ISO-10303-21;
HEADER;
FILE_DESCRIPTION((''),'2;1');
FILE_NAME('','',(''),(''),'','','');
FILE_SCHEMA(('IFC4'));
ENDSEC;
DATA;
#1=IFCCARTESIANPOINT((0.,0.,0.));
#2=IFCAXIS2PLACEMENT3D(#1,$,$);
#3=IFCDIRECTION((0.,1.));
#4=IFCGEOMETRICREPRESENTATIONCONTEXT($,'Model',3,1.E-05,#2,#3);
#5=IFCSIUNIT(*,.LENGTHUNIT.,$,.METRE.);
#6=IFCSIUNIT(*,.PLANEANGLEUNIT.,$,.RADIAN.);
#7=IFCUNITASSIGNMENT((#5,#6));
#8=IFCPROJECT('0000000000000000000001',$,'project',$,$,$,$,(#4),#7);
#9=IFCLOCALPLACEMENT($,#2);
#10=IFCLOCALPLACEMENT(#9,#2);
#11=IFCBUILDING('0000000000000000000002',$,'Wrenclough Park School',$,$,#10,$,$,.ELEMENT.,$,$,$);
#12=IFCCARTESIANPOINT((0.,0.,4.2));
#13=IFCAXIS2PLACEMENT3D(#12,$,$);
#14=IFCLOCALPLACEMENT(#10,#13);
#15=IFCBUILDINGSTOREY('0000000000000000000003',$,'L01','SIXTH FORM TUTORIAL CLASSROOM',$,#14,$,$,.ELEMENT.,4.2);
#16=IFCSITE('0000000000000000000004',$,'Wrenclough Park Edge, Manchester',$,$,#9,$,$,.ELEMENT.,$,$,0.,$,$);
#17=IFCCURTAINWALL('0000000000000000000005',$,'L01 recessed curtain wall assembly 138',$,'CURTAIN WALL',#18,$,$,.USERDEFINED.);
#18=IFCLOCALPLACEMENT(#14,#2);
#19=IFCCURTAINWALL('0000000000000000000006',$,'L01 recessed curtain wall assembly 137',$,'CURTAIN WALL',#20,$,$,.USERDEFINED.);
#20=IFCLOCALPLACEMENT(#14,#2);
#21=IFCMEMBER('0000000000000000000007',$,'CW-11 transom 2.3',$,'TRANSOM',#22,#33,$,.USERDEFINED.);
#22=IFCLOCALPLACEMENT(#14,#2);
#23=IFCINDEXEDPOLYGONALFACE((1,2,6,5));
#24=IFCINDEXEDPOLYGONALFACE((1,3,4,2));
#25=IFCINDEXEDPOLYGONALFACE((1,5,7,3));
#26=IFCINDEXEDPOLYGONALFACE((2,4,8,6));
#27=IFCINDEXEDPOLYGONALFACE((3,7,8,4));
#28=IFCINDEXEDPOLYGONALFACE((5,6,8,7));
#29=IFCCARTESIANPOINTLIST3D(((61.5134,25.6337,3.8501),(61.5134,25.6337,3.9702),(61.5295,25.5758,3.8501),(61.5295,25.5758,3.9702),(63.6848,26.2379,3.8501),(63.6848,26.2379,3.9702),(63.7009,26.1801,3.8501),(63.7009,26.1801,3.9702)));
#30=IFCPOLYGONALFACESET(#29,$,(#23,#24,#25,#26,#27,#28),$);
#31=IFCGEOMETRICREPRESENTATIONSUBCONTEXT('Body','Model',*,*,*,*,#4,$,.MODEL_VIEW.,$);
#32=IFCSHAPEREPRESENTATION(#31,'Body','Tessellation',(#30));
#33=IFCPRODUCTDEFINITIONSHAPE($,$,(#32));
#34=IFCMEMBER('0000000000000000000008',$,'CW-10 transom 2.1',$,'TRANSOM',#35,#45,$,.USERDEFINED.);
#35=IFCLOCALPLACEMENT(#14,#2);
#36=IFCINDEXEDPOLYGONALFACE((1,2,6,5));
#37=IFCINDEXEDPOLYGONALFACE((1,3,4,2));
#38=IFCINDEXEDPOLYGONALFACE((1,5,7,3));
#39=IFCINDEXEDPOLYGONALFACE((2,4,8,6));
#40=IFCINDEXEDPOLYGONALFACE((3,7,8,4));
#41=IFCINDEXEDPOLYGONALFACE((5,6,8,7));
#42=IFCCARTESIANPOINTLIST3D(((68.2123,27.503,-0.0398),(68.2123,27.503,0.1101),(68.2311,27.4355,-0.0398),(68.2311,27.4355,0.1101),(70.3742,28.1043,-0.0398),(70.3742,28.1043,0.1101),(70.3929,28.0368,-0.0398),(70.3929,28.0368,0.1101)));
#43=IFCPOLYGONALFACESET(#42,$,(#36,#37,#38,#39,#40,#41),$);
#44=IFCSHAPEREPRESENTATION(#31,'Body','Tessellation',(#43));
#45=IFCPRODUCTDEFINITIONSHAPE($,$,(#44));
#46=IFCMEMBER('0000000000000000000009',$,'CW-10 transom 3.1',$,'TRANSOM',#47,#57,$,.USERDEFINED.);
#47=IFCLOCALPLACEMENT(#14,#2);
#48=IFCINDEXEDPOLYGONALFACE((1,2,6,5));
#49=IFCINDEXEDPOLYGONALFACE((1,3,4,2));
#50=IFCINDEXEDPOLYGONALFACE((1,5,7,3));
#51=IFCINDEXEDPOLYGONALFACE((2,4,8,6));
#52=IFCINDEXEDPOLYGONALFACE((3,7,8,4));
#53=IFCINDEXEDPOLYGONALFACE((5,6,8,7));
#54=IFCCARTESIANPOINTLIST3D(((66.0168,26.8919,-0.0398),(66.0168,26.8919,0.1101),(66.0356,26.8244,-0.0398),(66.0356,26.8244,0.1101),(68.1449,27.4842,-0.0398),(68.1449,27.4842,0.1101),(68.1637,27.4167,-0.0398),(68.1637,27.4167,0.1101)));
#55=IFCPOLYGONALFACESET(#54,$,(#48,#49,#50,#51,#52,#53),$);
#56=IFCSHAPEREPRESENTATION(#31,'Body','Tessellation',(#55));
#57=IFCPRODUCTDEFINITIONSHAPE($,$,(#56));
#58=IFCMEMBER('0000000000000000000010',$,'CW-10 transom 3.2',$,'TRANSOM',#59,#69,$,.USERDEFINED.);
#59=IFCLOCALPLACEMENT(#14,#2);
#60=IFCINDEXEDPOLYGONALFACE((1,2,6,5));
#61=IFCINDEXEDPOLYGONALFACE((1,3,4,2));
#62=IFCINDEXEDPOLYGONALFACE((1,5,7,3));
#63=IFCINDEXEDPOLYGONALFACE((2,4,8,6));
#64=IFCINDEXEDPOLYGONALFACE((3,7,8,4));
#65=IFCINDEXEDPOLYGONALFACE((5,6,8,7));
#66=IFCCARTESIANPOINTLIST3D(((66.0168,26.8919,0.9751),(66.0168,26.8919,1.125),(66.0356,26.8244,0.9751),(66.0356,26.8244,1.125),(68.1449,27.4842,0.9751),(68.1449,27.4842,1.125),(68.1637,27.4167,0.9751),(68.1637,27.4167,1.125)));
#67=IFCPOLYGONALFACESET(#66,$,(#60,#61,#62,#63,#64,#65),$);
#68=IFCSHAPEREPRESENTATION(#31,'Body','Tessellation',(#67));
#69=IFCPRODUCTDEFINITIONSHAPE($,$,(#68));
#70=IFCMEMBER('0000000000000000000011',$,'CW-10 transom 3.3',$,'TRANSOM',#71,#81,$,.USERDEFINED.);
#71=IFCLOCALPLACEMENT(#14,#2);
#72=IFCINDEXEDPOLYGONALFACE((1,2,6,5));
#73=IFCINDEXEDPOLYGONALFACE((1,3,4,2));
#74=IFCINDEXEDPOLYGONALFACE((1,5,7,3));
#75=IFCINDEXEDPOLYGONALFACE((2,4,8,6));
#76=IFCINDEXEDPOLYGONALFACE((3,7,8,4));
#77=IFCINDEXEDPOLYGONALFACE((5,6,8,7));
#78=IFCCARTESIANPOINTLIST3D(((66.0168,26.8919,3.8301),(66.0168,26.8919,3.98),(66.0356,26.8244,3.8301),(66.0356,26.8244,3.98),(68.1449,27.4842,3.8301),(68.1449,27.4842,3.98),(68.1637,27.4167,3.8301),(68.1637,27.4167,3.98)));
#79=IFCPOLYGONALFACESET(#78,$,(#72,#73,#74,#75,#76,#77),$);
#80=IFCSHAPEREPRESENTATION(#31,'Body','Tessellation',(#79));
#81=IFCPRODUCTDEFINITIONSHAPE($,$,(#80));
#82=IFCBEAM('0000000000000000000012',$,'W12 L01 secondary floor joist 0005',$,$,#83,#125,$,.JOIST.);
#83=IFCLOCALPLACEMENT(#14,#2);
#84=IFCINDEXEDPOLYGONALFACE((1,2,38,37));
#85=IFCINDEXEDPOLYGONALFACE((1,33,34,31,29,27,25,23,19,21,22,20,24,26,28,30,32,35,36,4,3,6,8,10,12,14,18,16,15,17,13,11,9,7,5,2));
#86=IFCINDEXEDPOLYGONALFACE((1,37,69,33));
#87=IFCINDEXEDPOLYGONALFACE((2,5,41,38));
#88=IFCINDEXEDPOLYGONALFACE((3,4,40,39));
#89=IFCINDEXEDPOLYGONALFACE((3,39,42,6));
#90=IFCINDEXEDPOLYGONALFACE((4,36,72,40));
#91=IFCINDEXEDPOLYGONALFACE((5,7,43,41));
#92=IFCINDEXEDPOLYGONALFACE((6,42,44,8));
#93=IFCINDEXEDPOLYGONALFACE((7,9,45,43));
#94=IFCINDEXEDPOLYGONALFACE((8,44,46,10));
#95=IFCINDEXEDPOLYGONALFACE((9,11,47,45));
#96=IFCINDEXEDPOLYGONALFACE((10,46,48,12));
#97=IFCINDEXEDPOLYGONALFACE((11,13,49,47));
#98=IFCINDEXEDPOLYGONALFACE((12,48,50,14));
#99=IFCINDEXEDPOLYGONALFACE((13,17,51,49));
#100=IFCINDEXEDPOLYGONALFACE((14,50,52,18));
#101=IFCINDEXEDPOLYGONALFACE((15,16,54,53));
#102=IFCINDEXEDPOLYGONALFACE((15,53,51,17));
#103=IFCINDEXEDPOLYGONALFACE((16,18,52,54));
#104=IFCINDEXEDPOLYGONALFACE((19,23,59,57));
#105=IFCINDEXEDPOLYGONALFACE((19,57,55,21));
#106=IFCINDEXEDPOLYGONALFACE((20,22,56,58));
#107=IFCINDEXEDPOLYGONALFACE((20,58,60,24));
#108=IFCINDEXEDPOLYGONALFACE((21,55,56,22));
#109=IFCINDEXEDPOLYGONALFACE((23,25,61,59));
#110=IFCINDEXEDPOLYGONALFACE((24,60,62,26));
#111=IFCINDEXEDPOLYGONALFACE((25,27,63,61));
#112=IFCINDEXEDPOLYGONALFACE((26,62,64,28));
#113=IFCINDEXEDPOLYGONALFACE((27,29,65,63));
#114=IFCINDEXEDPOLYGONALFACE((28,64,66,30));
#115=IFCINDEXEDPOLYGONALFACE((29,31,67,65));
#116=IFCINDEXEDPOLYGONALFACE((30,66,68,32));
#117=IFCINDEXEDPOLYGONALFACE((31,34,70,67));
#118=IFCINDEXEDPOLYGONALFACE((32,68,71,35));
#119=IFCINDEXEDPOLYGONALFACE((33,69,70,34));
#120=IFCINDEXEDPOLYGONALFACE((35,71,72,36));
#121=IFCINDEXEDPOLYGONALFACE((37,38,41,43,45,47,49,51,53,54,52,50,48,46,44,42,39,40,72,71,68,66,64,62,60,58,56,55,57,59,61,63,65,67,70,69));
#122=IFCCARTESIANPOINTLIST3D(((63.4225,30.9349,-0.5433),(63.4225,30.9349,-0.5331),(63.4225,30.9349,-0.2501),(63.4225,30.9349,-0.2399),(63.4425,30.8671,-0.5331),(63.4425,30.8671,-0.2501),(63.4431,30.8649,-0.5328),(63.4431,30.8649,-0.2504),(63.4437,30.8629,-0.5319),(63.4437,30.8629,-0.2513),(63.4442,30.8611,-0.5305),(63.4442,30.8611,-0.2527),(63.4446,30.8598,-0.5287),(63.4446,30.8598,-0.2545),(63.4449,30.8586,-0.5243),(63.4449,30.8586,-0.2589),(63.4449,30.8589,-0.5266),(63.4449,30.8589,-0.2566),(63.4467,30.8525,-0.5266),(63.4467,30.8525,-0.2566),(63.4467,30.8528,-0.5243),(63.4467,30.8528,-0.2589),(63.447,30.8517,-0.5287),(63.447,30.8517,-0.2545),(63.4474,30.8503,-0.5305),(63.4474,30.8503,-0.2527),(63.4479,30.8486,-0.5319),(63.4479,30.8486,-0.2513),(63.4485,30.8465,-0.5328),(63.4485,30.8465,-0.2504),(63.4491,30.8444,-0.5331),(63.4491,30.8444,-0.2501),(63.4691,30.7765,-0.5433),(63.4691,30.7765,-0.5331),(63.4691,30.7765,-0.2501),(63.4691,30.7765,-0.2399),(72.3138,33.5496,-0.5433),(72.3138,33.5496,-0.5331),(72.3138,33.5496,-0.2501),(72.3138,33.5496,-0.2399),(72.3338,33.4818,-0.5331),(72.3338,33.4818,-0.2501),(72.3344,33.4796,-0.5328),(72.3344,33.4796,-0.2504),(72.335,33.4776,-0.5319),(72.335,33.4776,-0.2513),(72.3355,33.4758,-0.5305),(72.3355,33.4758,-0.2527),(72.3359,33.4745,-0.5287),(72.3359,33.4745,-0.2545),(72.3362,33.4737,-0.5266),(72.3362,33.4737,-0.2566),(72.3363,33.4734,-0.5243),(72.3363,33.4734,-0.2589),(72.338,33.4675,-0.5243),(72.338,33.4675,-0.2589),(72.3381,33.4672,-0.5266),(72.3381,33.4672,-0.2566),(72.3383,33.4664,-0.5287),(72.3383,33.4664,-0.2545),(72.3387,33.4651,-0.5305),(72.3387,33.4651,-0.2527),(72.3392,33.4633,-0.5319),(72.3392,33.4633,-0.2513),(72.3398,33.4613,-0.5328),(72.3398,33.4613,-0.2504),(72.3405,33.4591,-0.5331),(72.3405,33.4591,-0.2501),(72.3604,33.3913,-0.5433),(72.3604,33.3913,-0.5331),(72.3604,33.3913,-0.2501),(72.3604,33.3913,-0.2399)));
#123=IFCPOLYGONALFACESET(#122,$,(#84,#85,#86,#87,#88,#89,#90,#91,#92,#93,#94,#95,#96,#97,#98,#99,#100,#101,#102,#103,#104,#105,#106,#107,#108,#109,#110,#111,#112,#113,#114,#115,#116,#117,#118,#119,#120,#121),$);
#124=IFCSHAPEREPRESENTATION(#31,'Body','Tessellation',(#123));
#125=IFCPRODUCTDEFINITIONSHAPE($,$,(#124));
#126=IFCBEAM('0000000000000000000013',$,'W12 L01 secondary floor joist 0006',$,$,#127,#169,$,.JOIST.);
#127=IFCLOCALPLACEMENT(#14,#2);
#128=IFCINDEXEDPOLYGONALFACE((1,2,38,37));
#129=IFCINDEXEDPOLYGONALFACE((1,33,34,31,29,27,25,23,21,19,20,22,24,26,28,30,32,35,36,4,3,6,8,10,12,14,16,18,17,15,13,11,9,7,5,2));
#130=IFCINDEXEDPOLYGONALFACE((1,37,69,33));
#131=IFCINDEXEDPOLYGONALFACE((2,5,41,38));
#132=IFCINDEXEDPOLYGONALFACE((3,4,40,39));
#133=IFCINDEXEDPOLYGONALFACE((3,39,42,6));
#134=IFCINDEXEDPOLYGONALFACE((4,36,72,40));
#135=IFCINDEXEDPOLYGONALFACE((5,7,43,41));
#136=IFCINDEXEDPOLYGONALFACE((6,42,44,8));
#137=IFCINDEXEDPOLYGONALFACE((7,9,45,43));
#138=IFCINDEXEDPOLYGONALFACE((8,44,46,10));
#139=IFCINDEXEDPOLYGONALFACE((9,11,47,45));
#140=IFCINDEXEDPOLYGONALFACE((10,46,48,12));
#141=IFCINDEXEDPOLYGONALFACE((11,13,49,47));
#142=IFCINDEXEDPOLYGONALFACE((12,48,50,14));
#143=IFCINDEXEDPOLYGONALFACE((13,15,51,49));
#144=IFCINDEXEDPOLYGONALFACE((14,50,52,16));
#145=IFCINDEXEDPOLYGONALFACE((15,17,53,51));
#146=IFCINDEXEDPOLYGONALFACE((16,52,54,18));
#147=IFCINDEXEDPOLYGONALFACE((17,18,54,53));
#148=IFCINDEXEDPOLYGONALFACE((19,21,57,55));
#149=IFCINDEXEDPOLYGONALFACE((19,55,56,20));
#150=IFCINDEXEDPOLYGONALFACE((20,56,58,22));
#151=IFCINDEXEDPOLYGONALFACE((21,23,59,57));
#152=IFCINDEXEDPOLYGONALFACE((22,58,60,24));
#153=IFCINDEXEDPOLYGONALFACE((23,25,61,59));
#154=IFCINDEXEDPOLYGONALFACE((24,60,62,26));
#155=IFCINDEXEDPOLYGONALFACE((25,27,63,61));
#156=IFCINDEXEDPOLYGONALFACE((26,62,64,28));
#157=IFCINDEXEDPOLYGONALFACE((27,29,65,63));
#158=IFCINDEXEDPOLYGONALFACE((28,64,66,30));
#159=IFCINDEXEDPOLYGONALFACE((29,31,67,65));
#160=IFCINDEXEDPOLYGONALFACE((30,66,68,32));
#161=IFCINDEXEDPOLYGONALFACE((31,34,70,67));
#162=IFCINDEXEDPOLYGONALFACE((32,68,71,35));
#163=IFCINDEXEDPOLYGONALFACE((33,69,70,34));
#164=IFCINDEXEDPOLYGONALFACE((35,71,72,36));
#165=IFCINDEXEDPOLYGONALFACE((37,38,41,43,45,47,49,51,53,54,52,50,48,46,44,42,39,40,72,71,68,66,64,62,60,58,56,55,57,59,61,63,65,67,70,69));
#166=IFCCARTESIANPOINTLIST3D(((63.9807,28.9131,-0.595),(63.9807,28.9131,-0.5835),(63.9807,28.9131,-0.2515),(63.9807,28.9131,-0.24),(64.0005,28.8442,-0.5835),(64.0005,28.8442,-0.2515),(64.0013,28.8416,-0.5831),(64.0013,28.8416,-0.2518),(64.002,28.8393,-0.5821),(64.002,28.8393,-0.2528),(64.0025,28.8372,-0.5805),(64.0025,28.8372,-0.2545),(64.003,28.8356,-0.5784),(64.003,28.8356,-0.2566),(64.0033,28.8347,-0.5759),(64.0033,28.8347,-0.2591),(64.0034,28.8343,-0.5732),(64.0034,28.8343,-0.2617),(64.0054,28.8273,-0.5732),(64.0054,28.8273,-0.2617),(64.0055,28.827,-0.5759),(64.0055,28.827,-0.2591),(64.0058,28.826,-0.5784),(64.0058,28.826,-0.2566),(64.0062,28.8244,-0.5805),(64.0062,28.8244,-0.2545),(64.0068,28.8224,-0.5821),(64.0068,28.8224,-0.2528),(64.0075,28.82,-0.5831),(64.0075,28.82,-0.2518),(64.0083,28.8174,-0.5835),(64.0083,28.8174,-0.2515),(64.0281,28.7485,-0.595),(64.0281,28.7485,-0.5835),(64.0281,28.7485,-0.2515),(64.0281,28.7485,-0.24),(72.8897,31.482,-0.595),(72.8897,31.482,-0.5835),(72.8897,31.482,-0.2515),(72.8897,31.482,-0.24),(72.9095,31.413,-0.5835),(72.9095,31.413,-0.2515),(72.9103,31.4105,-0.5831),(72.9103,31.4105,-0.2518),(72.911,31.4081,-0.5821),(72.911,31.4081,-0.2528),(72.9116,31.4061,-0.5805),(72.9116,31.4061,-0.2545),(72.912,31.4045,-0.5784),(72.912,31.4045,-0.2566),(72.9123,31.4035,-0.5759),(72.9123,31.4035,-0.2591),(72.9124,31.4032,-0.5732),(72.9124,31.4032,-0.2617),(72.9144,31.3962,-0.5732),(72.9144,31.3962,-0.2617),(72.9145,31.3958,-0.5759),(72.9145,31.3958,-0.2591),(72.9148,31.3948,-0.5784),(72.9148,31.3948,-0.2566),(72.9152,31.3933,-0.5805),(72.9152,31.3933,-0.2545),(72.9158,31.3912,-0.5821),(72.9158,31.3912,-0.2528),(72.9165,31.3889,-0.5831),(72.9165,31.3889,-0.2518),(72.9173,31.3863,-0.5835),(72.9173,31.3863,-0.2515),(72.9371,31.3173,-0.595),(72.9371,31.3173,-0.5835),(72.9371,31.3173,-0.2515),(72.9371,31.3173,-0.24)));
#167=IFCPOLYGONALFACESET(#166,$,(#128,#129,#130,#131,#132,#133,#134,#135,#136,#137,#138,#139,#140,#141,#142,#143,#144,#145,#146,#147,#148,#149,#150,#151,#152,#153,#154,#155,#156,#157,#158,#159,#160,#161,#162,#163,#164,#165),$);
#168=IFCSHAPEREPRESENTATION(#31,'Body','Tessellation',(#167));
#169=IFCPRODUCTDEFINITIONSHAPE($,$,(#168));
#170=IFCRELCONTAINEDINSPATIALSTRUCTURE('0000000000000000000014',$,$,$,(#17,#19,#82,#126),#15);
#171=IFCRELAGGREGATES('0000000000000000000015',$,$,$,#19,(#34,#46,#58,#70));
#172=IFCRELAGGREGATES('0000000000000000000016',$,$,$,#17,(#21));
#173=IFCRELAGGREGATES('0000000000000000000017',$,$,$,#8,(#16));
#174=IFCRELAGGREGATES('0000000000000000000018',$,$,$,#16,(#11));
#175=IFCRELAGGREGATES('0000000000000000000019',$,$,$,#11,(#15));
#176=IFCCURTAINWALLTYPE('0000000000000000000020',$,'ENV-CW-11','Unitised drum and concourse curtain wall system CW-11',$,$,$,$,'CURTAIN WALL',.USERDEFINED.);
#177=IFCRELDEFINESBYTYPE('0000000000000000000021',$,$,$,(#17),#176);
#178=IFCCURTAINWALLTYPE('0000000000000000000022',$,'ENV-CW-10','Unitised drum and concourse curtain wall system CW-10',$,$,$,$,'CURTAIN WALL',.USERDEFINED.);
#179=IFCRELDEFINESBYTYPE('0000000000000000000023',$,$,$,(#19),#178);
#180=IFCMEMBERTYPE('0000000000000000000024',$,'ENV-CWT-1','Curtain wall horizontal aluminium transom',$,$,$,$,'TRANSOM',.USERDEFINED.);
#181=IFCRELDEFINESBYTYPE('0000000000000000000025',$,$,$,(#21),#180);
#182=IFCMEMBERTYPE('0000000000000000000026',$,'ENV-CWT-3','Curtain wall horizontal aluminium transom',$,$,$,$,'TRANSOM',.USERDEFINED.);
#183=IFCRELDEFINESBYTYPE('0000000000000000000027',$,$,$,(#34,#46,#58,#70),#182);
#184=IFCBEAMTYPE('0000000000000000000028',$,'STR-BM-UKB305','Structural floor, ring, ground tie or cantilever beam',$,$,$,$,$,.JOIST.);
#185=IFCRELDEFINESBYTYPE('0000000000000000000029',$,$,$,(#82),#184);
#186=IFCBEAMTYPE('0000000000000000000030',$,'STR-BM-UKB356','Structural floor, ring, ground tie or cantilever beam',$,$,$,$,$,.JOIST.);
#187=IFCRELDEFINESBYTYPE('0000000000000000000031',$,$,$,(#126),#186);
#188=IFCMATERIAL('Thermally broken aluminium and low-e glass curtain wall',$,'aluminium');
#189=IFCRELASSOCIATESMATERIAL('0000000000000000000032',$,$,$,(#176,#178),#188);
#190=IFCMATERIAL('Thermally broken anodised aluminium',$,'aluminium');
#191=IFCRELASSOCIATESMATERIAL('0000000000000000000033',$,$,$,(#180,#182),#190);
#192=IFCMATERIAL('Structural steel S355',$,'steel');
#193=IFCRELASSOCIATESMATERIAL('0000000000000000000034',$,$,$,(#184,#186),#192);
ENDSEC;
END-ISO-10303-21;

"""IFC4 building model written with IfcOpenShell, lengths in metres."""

from ifc_helpers import new_model, si_unit, direction, frame, origin, origin_2d, place, context, subcontext, project, spatial, rectangle, i_section, extrude, material, material_profile, profile_set, type_object, element, aggregate, save


model = new_model("IFC4")

# Units and contexts
model_context = context("Model", 3, precision=1e-05, world=origin(), true_north=direction((0.0, 1.0)))
body_context = subcontext(model_context, "Body", "Model", "MODEL_VIEW")
ifc_project = project(units=[si_unit("LENGTHUNIT", "METRE"), si_unit("PLANEANGLEUNIT", "RADIAN")], contexts=[model_context])

# Site, building, storey
site_placement = place(None, origin())
site = spatial("IfcSite", under=ifc_project, at=site_placement, Name="Wrenclough Park Edge, Manchester", CompositionType="ELEMENT", RefElevation=0.0)
building_placement = place(site_placement, origin())
building = spatial("IfcBuilding", under=site, at=building_placement, Name="Wrenclough Park School", CompositionType="ELEMENT")
storey_placement = place(building_placement, frame((0.0, 0.0, 4.2)))
storey = spatial("IfcBuildingStorey", under=building, at=storey_placement, Name="L01", Description="SIXTH FORM TUTORIAL CLASSROOM", CompositionType="ELEMENT", Elevation=4.2)

# Shared definitions
ifc_material_1 = material(Name="Structural steel S355", Category="steel")

# Curtain walls
ifc_material_2 = material(Name="Thermally broken aluminium and low-e glass curtain wall", Category="aluminium")
curtain_wall_type_1 = type_object("IfcCurtainWallType", Name="ENV-CW-11", Description="Unitised drum and concourse curtain wall system CW-11", ElementType="CURTAIN WALL", PredefinedType="USERDEFINED", material=ifc_material_2)
curtain_wall_1_placement = place(storey_placement, origin())
curtain_wall_1 = element("IfcCurtainWall", 1, at=curtain_wall_1_placement, inside=storey, type_object=curtain_wall_type_1, Name="L01 recessed curtain wall assembly 138", ObjectType="CURTAIN WALL", PredefinedType="USERDEFINED")
ifc_material_3 = material(Name="Thermally broken anodised aluminium", Category="aluminium")
curtain_wall_type_2 = type_object("IfcCurtainWallType", Name="ENV-CW-10", Description="Unitised drum and concourse curtain wall system CW-10", ElementType="CURTAIN WALL", PredefinedType="USERDEFINED", material=ifc_material_2)
curtain_wall_2_placement = place(storey_placement, origin())
curtain_wall_2 = element("IfcCurtainWall", 2, at=curtain_wall_2_placement, inside=storey, type_object=curtain_wall_type_2, Name="L01 recessed curtain wall assembly 137", ObjectType="CURTAIN WALL", PredefinedType="USERDEFINED")

# Members
ifc_material_profile_1 = material_profile(ifc_material_3, rectangle(XDim=0.0601, YDim=0.1201, at=origin_2d()), Name="AL TRANSOM 60x120")
ifc_profile_set_1 = profile_set([ifc_material_profile_1], Name="Thermally broken anodised aluminium")
member_type_1 = type_object("IfcMemberType", Name="ENV-CWT-1", Description="Curtain wall horizontal aluminium transom", ElementType="TRANSOM", PredefinedType="USERDEFINED", material=ifc_profile_set_1)
member_1_placement = place(storey_placement, frame((63.6929, 26.209, 3.9102), z_axis=(-0.963394, -0.268091, 0.0), x_axis=(0.268091, -0.963394, 0.0)))
member_1 = element("IfcMember", 3, at=member_1_placement, type_object=member_type_1, Name="CW-11 transom 2.3", ObjectType="TRANSOM", PredefinedType="USERDEFINED", context=body_context, shape_type="SweptSolid", body=[
    extrude(rectangle(XDim=0.0601, YDim=0.1201, at=origin_2d()), origin(), (0.0, 0.0, 1.0), 2.2539),
])
ifc_material_profile_2 = material_profile(ifc_material_3, rectangle(XDim=0.0701, YDim=0.1499, at=origin_2d()), Name="AL TRANSOM 70x150")
ifc_profile_set_2 = profile_set([ifc_material_profile_2], Name="Thermally broken anodised aluminium")
member_type_2 = type_object("IfcMemberType", Name="ENV-CWT-3", Description="Curtain wall horizontal aluminium transom", ElementType="TRANSOM", PredefinedType="USERDEFINED", material=ifc_profile_set_2)
member_2_placement = place(storey_placement, frame((70.3835, 28.0706, 0.0352), z_axis=(-0.963426, -0.267975, 0.0), x_axis=(0.267975, -0.963426, 0.0)))
member_2 = element("IfcMember", 4, at=member_2_placement, type_object=member_type_2, Name="CW-10 transom 2.1", ObjectType="TRANSOM", PredefinedType="USERDEFINED", context=body_context, shape_type="SweptSolid", body=[
    extrude(rectangle(XDim=0.0701, YDim=0.1499, at=origin_2d()), origin(), (0.0, 0.0, 1.0), 2.2439),
])
member_3_placement = place(storey_placement, frame((68.1543, 27.4504, 0.0352), z_axis=(-0.963386, -0.268117, 0.0), x_axis=(0.268117, -0.963386, 0.0)))
member_3 = element("IfcMember", 5, at=member_3_placement, type_object=member_type_2, Name="CW-10 transom 3.1", ObjectType="TRANSOM", PredefinedType="USERDEFINED", context=body_context, shape_type="SweptSolid", body=[
    extrude(rectangle(XDim=0.0701, YDim=0.1499, at=origin_2d()), origin(), (0.0, 0.0, 1.0), 2.209),
])
member_4_placement = place(storey_placement, frame((68.1543, 27.4504, 1.05), z_axis=(-0.963386, -0.268117, 0.0), x_axis=(0.268117, -0.963386, 0.0)))
member_4 = element("IfcMember", 6, at=member_4_placement, type_object=member_type_2, Name="CW-10 transom 3.2", ObjectType="TRANSOM", PredefinedType="USERDEFINED", context=body_context, shape_type="SweptSolid", body=[
    extrude(rectangle(XDim=0.0701, YDim=0.1499, at=origin_2d()), origin(), (0.0, 0.0, 1.0), 2.209),
])
member_5_placement = place(storey_placement, frame((68.1543, 27.4504, 3.905), z_axis=(-0.963386, -0.268117, 0.0), x_axis=(0.268117, -0.963386, 0.0)))
member_5 = element("IfcMember", 7, at=member_5_placement, type_object=member_type_2, Name="CW-10 transom 3.3", ObjectType="TRANSOM", PredefinedType="USERDEFINED", context=body_context, shape_type="SweptSolid", body=[
    extrude(rectangle(XDim=0.0701, YDim=0.1499, at=origin_2d()), origin(), (0.0, 0.0, 1.0), 2.209),
])

# Beams
ifc_material_profile_3 = material_profile(ifc_material_1, i_section(OverallWidth=0.165, OverallDepth=0.3035, WebThickness=0.0061, FlangeThickness=0.0103, FilletRadius=0.0088, at=origin_2d()), Name="UKB 305x165x40")
ifc_profile_set_3 = profile_set([ifc_material_profile_3], Name="Structural steel S355")
beam_type_1 = type_object("IfcBeamType", Name="STR-BM-UKB305", Description="Structural floor, ring, ground tie or cantilever beam", PredefinedType="JOIST", material=ifc_profile_set_3)
beam_1_placement = place(storey_placement, frame((63.4458, 30.8557, -0.3916), z_axis=(0.959376, 0.282131, 0.0), x_axis=(-0.282131, 0.959376, 0.0)))
element("IfcBeam", 8, at=beam_1_placement, inside=storey, type_object=beam_type_1, Name="W12 L01 secondary floor joist 0005", PredefinedType="JOIST", context=body_context, shape_type="SweptSolid", body=[
    extrude(i_section(OverallWidth=0.165, OverallDepth=0.3035, WebThickness=0.0061, FlangeThickness=0.0103, FilletRadius=0.0088, at=origin_2d()), origin(), (0.0, 0.0, 1.0), 9.2678),
])
ifc_material_profile_4 = material_profile(ifc_material_1, i_section(OverallWidth=0.1714, OverallDepth=0.355, WebThickness=0.0073, FlangeThickness=0.0115, FilletRadius=0.0103, at=origin_2d()), Name="UKB 356x171x51")
ifc_profile_set_4 = profile_set([ifc_material_profile_4], Name="Structural steel S355")
beam_type_2 = type_object("IfcBeamType", Name="STR-BM-UKB356", Description="Structural floor, ring, ground tie or cantilever beam", PredefinedType="JOIST", material=ifc_profile_set_4)
beam_2_placement = place(storey_placement, frame((64.0044, 28.8308, -0.4175), z_axis=(0.960853, 0.277057, 0.0), x_axis=(-0.277057, 0.960853, 0.0)))
element("IfcBeam", 9, at=beam_2_placement, inside=storey, type_object=beam_type_2, Name="W12 L01 secondary floor joist 0006", PredefinedType="JOIST", context=body_context, shape_type="SweptSolid", body=[
    extrude(i_section(OverallWidth=0.1714, OverallDepth=0.355, WebThickness=0.0073, FlangeThickness=0.0115, FilletRadius=0.0103, at=origin_2d()), origin(), (0.0, 0.0, 1.0), 9.272),
])

aggregate(curtain_wall_2, [member_2, member_3, member_4, member_5])
aggregate(curtain_wall_1, [member_1])

save(model, "model.ifc")
